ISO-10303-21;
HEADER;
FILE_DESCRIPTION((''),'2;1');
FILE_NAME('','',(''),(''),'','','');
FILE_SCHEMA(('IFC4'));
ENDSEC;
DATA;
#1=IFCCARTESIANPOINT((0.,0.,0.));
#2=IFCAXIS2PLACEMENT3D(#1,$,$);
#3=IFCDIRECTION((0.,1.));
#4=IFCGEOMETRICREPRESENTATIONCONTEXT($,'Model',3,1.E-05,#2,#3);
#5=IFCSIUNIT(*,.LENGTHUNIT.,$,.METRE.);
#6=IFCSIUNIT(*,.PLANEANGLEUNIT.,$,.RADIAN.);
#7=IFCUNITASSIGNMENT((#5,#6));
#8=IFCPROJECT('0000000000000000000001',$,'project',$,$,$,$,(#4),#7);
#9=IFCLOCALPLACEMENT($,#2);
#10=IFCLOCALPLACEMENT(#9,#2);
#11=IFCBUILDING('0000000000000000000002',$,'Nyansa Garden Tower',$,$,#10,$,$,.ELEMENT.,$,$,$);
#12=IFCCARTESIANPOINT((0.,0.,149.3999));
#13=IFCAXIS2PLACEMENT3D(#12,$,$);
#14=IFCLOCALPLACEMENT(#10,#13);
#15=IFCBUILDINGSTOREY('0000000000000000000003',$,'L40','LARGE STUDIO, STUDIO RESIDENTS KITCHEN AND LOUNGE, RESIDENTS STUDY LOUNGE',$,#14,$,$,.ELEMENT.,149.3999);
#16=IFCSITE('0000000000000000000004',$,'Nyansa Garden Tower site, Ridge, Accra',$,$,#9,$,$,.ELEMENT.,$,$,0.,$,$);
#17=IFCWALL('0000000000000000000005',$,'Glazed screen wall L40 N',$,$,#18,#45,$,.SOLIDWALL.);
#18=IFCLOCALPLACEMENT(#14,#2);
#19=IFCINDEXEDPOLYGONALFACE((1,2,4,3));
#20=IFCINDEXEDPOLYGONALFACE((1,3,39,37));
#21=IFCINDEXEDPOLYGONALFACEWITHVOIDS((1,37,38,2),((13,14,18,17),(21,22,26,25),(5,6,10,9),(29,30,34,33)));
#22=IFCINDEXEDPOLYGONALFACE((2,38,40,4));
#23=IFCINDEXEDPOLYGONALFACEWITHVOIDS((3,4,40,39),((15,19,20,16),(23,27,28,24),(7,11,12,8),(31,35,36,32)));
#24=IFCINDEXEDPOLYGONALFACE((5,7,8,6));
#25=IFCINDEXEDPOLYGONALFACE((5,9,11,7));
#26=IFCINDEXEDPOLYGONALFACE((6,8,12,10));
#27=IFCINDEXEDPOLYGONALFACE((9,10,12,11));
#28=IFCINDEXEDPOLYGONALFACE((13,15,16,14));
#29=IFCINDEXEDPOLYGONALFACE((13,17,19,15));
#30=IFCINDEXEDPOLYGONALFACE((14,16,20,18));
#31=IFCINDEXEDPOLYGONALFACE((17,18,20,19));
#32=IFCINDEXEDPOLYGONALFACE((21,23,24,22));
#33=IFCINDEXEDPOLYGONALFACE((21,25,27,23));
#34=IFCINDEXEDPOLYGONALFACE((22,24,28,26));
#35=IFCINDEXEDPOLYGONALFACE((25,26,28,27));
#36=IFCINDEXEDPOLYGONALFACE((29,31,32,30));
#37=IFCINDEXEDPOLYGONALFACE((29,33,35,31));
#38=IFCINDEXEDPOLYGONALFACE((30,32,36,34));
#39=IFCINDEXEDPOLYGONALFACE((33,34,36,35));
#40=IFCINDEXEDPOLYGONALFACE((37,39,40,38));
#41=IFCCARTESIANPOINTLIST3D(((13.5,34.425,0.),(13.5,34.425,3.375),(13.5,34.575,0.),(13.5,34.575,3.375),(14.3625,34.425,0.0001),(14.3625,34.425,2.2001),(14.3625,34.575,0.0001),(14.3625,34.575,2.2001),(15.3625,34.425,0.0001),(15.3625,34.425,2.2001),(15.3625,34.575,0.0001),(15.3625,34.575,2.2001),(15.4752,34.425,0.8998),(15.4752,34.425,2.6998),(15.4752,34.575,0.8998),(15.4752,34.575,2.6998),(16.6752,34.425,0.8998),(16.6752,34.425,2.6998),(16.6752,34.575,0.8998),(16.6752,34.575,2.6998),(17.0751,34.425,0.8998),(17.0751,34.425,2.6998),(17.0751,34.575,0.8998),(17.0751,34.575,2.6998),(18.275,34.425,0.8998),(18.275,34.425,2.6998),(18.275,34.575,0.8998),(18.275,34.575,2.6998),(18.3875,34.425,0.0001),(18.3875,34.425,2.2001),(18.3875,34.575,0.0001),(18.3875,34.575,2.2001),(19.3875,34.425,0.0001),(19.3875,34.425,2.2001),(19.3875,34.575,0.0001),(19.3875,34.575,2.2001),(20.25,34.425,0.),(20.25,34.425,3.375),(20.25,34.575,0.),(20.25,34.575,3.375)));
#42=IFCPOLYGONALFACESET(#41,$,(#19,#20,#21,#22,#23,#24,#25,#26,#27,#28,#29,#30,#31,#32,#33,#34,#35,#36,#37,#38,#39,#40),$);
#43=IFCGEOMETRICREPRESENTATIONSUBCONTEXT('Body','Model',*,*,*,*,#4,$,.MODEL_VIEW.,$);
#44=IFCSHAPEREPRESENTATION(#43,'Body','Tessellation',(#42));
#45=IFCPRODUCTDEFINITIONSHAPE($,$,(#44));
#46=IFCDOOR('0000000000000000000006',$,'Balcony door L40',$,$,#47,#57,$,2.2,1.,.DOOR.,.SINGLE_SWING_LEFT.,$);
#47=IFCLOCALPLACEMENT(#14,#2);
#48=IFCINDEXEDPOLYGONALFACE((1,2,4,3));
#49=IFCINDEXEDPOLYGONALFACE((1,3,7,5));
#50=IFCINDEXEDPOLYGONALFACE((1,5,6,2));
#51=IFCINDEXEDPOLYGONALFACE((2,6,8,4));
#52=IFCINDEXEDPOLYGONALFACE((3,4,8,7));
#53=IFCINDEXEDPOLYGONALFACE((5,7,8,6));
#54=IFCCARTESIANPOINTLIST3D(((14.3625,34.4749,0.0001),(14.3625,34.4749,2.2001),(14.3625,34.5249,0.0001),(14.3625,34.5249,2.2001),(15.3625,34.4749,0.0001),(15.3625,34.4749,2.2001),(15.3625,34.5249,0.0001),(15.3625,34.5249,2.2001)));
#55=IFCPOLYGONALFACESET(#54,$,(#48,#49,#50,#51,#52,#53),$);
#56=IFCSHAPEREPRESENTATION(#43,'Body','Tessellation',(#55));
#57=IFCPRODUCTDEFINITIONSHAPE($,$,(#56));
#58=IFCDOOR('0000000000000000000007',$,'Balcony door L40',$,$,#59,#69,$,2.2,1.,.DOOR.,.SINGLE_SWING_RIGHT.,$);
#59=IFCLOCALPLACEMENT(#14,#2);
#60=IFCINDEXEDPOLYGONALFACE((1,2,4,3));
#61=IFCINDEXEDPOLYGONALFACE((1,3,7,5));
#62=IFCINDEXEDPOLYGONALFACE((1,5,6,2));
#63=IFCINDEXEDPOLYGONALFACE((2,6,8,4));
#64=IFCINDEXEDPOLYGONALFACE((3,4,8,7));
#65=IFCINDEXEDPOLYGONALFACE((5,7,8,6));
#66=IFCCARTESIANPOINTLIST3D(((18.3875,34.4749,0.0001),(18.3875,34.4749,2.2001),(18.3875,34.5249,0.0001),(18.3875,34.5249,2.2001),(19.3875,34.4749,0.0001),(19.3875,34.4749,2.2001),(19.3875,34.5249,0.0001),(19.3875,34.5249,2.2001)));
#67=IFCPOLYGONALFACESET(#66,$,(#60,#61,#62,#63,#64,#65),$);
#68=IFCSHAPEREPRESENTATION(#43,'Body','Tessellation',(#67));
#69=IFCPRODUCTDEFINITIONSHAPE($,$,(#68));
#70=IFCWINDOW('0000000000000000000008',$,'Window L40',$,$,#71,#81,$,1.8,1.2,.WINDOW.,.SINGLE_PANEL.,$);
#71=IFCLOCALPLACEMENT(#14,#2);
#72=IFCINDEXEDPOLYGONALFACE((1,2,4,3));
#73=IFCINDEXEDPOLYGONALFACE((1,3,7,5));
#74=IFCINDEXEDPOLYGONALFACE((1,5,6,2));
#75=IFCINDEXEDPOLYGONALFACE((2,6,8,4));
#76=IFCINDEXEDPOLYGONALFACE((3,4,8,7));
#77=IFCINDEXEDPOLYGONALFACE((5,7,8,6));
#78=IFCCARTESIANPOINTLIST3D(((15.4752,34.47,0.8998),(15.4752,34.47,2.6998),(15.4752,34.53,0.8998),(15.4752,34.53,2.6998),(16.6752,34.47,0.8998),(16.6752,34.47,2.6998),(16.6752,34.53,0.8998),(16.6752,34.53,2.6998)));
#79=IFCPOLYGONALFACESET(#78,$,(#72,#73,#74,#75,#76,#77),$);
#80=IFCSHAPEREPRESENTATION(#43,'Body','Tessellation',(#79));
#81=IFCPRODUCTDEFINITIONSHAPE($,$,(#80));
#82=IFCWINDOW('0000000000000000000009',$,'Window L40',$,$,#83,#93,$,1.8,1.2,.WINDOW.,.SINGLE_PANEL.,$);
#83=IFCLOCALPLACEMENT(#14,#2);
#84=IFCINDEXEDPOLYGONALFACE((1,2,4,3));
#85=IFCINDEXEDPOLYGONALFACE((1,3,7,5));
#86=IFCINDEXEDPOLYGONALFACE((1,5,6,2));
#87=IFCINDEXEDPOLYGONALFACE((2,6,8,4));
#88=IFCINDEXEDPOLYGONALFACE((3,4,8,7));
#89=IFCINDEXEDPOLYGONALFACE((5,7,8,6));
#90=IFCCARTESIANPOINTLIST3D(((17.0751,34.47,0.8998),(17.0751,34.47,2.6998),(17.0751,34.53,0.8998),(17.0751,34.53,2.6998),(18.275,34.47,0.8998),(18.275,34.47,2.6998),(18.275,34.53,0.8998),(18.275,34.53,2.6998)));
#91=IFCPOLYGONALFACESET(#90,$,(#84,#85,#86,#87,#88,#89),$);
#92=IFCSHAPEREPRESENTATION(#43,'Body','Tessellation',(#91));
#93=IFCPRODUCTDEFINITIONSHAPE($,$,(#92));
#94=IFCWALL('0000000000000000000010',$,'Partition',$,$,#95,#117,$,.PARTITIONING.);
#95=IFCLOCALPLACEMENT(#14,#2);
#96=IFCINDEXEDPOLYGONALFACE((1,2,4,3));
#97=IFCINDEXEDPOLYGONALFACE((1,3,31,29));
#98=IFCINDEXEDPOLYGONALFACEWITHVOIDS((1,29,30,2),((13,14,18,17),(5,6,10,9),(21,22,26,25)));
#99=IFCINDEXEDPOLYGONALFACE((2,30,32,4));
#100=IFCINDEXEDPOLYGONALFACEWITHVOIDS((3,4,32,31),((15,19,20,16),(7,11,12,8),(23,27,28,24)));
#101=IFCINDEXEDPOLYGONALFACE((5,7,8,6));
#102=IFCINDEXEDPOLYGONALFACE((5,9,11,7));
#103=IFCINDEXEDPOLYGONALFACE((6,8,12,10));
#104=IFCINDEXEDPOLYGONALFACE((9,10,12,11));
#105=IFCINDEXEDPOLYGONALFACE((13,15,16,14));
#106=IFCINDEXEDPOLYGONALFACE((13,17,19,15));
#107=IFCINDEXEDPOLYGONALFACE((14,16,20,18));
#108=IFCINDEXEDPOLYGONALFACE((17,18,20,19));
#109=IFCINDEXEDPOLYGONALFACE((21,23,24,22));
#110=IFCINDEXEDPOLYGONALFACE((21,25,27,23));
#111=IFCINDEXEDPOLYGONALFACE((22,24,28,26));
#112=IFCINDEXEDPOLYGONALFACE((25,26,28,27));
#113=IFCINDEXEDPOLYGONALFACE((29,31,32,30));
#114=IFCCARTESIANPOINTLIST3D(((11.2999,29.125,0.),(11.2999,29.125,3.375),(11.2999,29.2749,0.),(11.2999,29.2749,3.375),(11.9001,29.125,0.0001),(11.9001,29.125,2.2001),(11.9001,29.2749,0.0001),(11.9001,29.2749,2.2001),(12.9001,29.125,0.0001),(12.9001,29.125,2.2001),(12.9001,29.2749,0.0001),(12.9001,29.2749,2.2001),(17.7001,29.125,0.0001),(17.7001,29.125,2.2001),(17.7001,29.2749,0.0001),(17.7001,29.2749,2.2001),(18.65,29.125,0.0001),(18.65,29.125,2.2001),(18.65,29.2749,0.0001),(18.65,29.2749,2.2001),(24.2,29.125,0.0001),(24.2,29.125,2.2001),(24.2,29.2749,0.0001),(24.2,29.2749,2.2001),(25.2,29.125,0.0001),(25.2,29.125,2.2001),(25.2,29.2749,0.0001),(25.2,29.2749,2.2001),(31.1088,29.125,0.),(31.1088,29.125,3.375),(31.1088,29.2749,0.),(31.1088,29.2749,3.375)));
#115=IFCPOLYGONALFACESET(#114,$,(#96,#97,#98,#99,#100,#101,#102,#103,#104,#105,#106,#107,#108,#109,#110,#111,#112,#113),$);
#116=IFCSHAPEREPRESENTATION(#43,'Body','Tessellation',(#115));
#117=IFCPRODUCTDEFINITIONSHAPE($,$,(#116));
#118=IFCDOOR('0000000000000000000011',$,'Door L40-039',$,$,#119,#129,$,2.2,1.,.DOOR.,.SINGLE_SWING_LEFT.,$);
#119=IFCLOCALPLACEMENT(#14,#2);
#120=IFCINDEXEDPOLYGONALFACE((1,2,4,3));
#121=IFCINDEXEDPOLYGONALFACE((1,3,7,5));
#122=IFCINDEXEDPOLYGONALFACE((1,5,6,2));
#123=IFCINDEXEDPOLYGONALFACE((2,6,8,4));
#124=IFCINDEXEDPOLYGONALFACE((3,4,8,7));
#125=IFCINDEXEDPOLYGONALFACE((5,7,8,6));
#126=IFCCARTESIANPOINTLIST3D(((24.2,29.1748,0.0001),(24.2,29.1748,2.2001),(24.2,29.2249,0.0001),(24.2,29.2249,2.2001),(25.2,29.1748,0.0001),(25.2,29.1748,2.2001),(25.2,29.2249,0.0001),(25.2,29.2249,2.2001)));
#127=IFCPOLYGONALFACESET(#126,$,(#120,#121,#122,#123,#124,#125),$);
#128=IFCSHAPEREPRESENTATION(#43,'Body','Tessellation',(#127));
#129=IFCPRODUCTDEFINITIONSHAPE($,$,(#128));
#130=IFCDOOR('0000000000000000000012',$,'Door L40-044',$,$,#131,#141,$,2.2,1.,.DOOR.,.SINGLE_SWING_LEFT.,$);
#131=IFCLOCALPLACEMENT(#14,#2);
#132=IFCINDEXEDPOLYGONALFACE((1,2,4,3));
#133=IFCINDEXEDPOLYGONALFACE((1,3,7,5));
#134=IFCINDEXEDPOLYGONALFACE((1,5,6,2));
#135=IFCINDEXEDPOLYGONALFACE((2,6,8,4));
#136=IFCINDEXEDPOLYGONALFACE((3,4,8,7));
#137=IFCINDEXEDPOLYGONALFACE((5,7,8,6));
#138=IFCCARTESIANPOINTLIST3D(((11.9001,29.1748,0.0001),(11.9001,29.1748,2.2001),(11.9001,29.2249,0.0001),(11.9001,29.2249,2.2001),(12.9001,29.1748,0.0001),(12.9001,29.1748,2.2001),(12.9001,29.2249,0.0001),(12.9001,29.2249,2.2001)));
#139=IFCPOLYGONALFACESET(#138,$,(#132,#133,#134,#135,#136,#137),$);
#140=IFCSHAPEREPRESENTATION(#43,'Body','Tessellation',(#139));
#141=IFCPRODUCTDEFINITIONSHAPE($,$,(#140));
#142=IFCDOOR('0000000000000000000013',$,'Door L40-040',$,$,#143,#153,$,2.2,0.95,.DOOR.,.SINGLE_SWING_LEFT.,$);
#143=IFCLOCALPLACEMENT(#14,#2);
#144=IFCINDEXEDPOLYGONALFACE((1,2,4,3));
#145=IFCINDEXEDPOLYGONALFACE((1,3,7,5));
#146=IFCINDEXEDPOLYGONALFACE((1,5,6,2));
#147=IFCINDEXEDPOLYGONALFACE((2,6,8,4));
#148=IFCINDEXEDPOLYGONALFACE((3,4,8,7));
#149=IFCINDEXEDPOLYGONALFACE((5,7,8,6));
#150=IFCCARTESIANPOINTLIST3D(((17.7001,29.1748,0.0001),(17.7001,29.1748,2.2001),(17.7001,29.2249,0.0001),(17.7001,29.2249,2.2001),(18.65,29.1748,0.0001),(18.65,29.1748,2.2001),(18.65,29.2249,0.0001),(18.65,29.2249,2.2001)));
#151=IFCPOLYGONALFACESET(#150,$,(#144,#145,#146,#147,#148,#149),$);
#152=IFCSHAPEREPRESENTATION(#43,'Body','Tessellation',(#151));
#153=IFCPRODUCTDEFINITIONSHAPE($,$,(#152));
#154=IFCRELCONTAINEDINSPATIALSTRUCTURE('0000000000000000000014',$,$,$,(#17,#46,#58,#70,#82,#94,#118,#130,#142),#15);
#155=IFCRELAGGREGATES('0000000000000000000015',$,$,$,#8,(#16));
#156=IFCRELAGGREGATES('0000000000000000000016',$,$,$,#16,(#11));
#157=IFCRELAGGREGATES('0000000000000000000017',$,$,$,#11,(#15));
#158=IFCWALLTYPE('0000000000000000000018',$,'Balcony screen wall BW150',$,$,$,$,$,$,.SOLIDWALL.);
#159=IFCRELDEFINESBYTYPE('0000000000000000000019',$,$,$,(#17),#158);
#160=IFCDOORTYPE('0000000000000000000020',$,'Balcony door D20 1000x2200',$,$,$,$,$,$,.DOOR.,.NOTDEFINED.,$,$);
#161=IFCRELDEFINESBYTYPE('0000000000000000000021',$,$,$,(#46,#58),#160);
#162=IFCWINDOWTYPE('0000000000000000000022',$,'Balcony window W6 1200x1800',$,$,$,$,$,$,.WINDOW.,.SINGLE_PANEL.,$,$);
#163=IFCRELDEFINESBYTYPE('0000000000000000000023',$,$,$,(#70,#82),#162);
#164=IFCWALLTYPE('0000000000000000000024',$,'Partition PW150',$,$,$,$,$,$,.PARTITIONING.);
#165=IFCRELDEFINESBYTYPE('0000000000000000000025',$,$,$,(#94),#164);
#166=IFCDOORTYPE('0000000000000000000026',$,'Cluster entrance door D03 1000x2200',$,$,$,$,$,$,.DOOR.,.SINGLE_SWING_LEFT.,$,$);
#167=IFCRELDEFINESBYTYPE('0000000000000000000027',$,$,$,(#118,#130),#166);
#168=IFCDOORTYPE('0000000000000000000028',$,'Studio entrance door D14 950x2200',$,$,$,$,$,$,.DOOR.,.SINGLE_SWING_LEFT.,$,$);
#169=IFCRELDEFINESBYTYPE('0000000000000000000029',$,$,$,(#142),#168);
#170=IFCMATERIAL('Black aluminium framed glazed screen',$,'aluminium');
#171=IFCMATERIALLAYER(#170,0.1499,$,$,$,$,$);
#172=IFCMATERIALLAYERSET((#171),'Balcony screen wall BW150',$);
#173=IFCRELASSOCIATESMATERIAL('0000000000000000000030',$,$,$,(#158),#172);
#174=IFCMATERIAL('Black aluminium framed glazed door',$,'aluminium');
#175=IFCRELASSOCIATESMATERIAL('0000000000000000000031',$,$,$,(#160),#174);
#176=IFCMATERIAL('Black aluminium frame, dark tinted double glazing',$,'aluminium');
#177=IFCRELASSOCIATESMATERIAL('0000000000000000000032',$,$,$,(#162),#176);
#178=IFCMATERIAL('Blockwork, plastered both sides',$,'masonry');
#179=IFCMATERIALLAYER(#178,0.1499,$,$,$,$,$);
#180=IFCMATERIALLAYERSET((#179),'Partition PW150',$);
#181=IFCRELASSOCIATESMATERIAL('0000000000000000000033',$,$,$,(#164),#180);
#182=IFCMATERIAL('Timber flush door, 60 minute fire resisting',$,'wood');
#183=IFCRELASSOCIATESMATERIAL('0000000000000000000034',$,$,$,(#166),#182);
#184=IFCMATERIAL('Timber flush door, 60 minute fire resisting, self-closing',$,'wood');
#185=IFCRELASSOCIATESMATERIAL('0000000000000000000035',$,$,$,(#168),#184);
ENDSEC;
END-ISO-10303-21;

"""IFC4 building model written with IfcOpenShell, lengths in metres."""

from ifc_helpers import new_model, si_unit, direction, frame, frame_2d, origin, place, context, subcontext, project, spatial, rectangle, extrude, material, layer, layer_set, type_object, element, fill, save


model = new_model("IFC4")

# Units and contexts
model_context = context("Model", 3, precision=1e-05, world=origin(), true_north=direction((0.0, 1.0)))
body_context = subcontext(model_context, "Body", "Model", "MODEL_VIEW")
ifc_project = project(units=[si_unit("LENGTHUNIT", "METRE"), si_unit("PLANEANGLEUNIT", "RADIAN")], contexts=[model_context])

# Site, building, storey
site_placement = place(None, origin())
site = spatial("IfcSite", under=ifc_project, at=site_placement, Name="Nyansa Garden Tower site, Ridge, Accra", CompositionType="ELEMENT", RefElevation=0.0)
building_placement = place(site_placement, origin())
building = spatial("IfcBuilding", under=site, at=building_placement, Name="Nyansa Garden Tower", CompositionType="ELEMENT")
storey_placement = place(building_placement, frame((0.0, 0.0, 149.3999)))
storey = spatial("IfcBuildingStorey", under=building, at=storey_placement, Name="L40", Description="LARGE STUDIO, STUDIO RESIDENTS KITCHEN AND LOUNGE, RESIDENTS STUDY LOUNGE", CompositionType="ELEMENT", Elevation=149.3999)

# Wall, openings, doors, windows
ifc_material_1 = material(Name="Black aluminium framed glazed screen", Category="aluminium")
ifc_layer_1 = layer(ifc_material_1, 0.1499)
ifc_layer_set_1 = layer_set([ifc_layer_1], Name="Balcony screen wall BW150")
wall_type_1 = type_object("IfcWallType", Name="Balcony screen wall BW150", PredefinedType="SOLIDWALL", material=ifc_layer_set_1)
wall_1_placement = place(storey_placement, frame((13.5, 34.5, 0.0), z_axis=(0.0, 0.0, 1.0), x_axis=(1.0, 0.0, 0.0)))
wall_1 = element("IfcWall", 1, at=wall_1_placement, inside=storey, type_object=wall_type_1, Name="Glazed screen wall L40 N", PredefinedType="SOLIDWALL", context=body_context, shape_type="SweptSolid", body=[
    extrude(rectangle(XDim=6.75, YDim=0.1499, at=frame_2d((3.375, 0.0))), origin(), (0.0, 0.0, 1.0), 3.375),
])
opening_1_placement = place(wall_1_placement, frame((0.8625, 0.0, 0.0)))
opening_1 = element("IfcOpeningElement", 2, at=opening_1_placement, cuts=wall_1, PredefinedType="OPENING", context=body_context, shape_type="SweptSolid", body=[
    extrude(rectangle(XDim=1.0, YDim=2.2, at=frame_2d((0.5, 1.1001))), frame((0.0, 0.085, 0.0), z_axis=(0.0, -1.0, 0.0), x_axis=(1.0, 0.0, 0.0)), (0.0, 0.0, 1.0), 0.1699),
])
opening_2_placement = place(wall_1_placement, frame((1.9751, 0.0, 0.8999)))
opening_2 = element("IfcOpeningElement", 3, at=opening_2_placement, cuts=wall_1, PredefinedType="OPENING", context=body_context, shape_type="SweptSolid", body=[
    extrude(rectangle(XDim=1.2, YDim=1.8, at=frame_2d((0.6001, 0.8999))), frame((0.0, 0.085, 0.0), z_axis=(0.0, -1.0, 0.0), x_axis=(1.0, 0.0, 0.0)), (0.0, 0.0, 1.0), 0.1699),
])
opening_3_placement = place(wall_1_placement, frame((4.8875, 0.0, 0.0)))
opening_3 = element("IfcOpeningElement", 4, at=opening_3_placement, cuts=wall_1, PredefinedType="OPENING", context=body_context, shape_type="SweptSolid", body=[
    extrude(rectangle(XDim=1.0, YDim=2.2, at=frame_2d((0.5, 1.1001))), frame((0.0, 0.085, 0.0), z_axis=(0.0, -1.0, 0.0), x_axis=(1.0, 0.0, 0.0)), (0.0, 0.0, 1.0), 0.1699),
])
opening_4_placement = place(wall_1_placement, frame((3.575, 0.0, 0.8999)))
opening_4 = element("IfcOpeningElement", 5, at=opening_4_placement, cuts=wall_1, PredefinedType="OPENING", context=body_context, shape_type="SweptSolid", body=[
    extrude(rectangle(XDim=1.2, YDim=1.8, at=frame_2d((0.6001, 0.8999))), frame((0.0, 0.085, 0.0), z_axis=(0.0, -1.0, 0.0), x_axis=(1.0, 0.0, 0.0)), (0.0, 0.0, 1.0), 0.1699),
])
ifc_material_2 = material(Name="Black aluminium framed glazed door", Category="aluminium")
door_type_1 = type_object("IfcDoorType", Name="Balcony door D20 1000x2200", OperationType="NOTDEFINED", PredefinedType="DOOR", material=ifc_material_2)
door_1_placement = place(opening_1_placement, origin())
door_1 = element("IfcDoor", 6, at=door_1_placement, inside=storey, type_object=door_type_1, Name="Balcony door L40", OperationType="SINGLE_SWING_LEFT", OverallHeight=2.2, OverallWidth=1.0, PredefinedType="DOOR", context=body_context, shape_type="SweptSolid", body=[
    extrude(rectangle(XDim=1.0, YDim=2.2, at=frame_2d((0.5, 1.1001))), frame((0.0, 0.0249, 0.0), z_axis=(0.0, -1.0, 0.0), x_axis=(1.0, 0.0, 0.0)), (0.0, 0.0, 1.0), 0.05),
])
fill(opening_1, door_1)
door_2_placement = place(opening_3_placement, origin())
door_2 = element("IfcDoor", 7, at=door_2_placement, inside=storey, type_object=door_type_1, Name="Balcony door L40", OperationType="SINGLE_SWING_RIGHT", OverallHeight=2.2, OverallWidth=1.0, PredefinedType="DOOR", context=body_context, shape_type="SweptSolid", body=[
    extrude(rectangle(XDim=1.0, YDim=2.2, at=frame_2d((0.5, 1.1001))), frame((0.0, 0.0249, 0.0), z_axis=(0.0, -1.0, 0.0), x_axis=(1.0, 0.0, 0.0)), (0.0, 0.0, 1.0), 0.05),
])
fill(opening_3, door_2)
ifc_material_3 = material(Name="Black aluminium frame, dark tinted double glazing", Category="aluminium")
window_type = type_object("IfcWindowType", Name="Balcony window W6 1200x1800", PartitioningType="SINGLE_PANEL", PredefinedType="WINDOW", material=ifc_material_3)
window_1_placement = place(opening_2_placement, origin())
window_1 = element("IfcWindow", 8, at=window_1_placement, inside=storey, type_object=window_type, Name="Window L40", OverallHeight=1.8, OverallWidth=1.2, PartitioningType="SINGLE_PANEL", PredefinedType="WINDOW", context=body_context, shape_type="SweptSolid", body=[
    extrude(rectangle(XDim=1.2, YDim=1.8, at=frame_2d((0.6001, 0.8999))), frame((0.0, 0.03, 0.0), z_axis=(0.0, -1.0, 0.0), x_axis=(1.0, 0.0, 0.0)), (0.0, 0.0, 1.0), 0.0601),
])
fill(opening_2, window_1)
window_2_placement = place(opening_4_placement, origin())
window_2 = element("IfcWindow", 9, at=window_2_placement, inside=storey, type_object=window_type, Name="Window L40", OverallHeight=1.8, OverallWidth=1.2, PartitioningType="SINGLE_PANEL", PredefinedType="WINDOW", context=body_context, shape_type="SweptSolid", body=[
    extrude(rectangle(XDim=1.2, YDim=1.8, at=frame_2d((0.6001, 0.8999))), frame((0.0, 0.03, 0.0), z_axis=(0.0, -1.0, 0.0), x_axis=(1.0, 0.0, 0.0)), (0.0, 0.0, 1.0), 0.0601),
])
fill(opening_4, window_2)

# Wall, openings, doors
ifc_material_4 = material(Name="Blockwork, plastered both sides", Category="masonry")
ifc_layer_2 = layer(ifc_material_4, 0.1499)
ifc_layer_set_2 = layer_set([ifc_layer_2], Name="Partition PW150")
wall_type_2 = type_object("IfcWallType", Name="Partition PW150", PredefinedType="PARTITIONING", material=ifc_layer_set_2)
wall_2_placement = place(storey_placement, frame((11.3, 29.2, 0.0), z_axis=(0.0, 0.0, 1.0), x_axis=(1.0, 0.0, 0.0)))
wall_2 = element("IfcWall", 10, at=wall_2_placement, inside=storey, type_object=wall_type_2, Name="Partition", PredefinedType="PARTITIONING", context=body_context, shape_type="SweptSolid", body=[
    extrude(rectangle(XDim=19.8088, YDim=0.1499, at=frame_2d((9.9043, 0.0))), origin(), (0.0, 0.0, 1.0), 3.375),
])
opening_5_placement = place(wall_2_placement, frame((12.8999, 0.0, 0.0)))
opening_5 = element("IfcOpeningElement", 11, at=opening_5_placement, cuts=wall_2, PredefinedType="OPENING", context=body_context, shape_type="SweptSolid", body=[
    extrude(rectangle(XDim=1.0, YDim=2.2, at=frame_2d((0.5, 1.1001))), frame((0.0, 0.085, 0.0), z_axis=(0.0, -1.0, 0.0), x_axis=(1.0, 0.0, 0.0)), (0.0, 0.0, 1.0), 0.1699),
])
opening_6_placement = place(wall_2_placement, frame((6.3999, 0.0, 0.0)))
opening_6 = element("IfcOpeningElement", 12, at=opening_6_placement, cuts=wall_2, PredefinedType="OPENING", context=body_context, shape_type="SweptSolid", body=[
    extrude(rectangle(XDim=0.95, YDim=2.2, at=frame_2d((0.4751, 1.1001))), frame((0.0, 0.085, 0.0), z_axis=(0.0, -1.0, 0.0), x_axis=(1.0, 0.0, 0.0)), (0.0, 0.0, 1.0), 0.1699),
])
opening_7_placement = place(wall_2_placement, frame((0.6001, 0.0, 0.0)))
opening_7 = element("IfcOpeningElement", 13, at=opening_7_placement, cuts=wall_2, PredefinedType="OPENING", context=body_context, shape_type="SweptSolid", body=[
    extrude(rectangle(XDim=1.0, YDim=2.2, at=frame_2d((0.5, 1.1001))), frame((0.0, 0.085, 0.0), z_axis=(0.0, -1.0, 0.0), x_axis=(1.0, 0.0, 0.0)), (0.0, 0.0, 1.0), 0.1699),
])
ifc_material_5 = material(Name="Timber flush door, 60 minute fire resisting", Category="wood")
door_type_2 = type_object("IfcDoorType", Name="Cluster entrance door D03 1000x2200", OperationType="SINGLE_SWING_LEFT", PredefinedType="DOOR", material=ifc_material_5)
door_3_placement = place(opening_5_placement, origin())
door_3 = element("IfcDoor", 14, at=door_3_placement, inside=storey, type_object=door_type_2, Name="Door L40-039", OperationType="SINGLE_SWING_LEFT", OverallHeight=2.2, OverallWidth=1.0, PredefinedType="DOOR", context=body_context, shape_type="SweptSolid", body=[
    extrude(rectangle(XDim=1.0, YDim=2.2, at=frame_2d((0.5, 1.1001))), frame((0.0, 0.0249, 0.0), z_axis=(0.0, -1.0, 0.0), x_axis=(1.0, 0.0, 0.0)), (0.0, 0.0, 1.0), 0.05),
])
fill(opening_5, door_3)
door_4_placement = place(opening_7_placement, origin())
door_4 = element("IfcDoor", 15, at=door_4_placement, inside=storey, type_object=door_type_2, Name="Door L40-044", OperationType="SINGLE_SWING_LEFT", OverallHeight=2.2, OverallWidth=1.0, PredefinedType="DOOR", context=body_context, shape_type="SweptSolid", body=[
    extrude(rectangle(XDim=1.0, YDim=2.2, at=frame_2d((0.5, 1.1001))), frame((0.0, 0.0249, 0.0), z_axis=(0.0, -1.0, 0.0), x_axis=(1.0, 0.0, 0.0)), (0.0, 0.0, 1.0), 0.05),
])
fill(opening_7, door_4)
ifc_material_6 = material(Name="Timber flush door, 60 minute fire resisting, self-closing", Category="wood")
door_type_3 = type_object("IfcDoorType", Name="Studio entrance door D14 950x2200", OperationType="SINGLE_SWING_LEFT", PredefinedType="DOOR", material=ifc_material_6)
door_5_placement = place(opening_6_placement, origin())
door_5 = element("IfcDoor", 16, at=door_5_placement, inside=storey, type_object=door_type_3, Name="Door L40-040", OperationType="SINGLE_SWING_LEFT", OverallHeight=2.2, OverallWidth=0.95, PredefinedType="DOOR", context=body_context, shape_type="SweptSolid", body=[
    extrude(rectangle(XDim=0.95, YDim=2.2, at=frame_2d((0.4751, 1.1001))), frame((0.0, 0.0249, 0.0), z_axis=(0.0, -1.0, 0.0), x_axis=(1.0, 0.0, 0.0)), (0.0, 0.0, 1.0), 0.05),
])
fill(opening_6, door_5)

save(model, "model.ifc")
